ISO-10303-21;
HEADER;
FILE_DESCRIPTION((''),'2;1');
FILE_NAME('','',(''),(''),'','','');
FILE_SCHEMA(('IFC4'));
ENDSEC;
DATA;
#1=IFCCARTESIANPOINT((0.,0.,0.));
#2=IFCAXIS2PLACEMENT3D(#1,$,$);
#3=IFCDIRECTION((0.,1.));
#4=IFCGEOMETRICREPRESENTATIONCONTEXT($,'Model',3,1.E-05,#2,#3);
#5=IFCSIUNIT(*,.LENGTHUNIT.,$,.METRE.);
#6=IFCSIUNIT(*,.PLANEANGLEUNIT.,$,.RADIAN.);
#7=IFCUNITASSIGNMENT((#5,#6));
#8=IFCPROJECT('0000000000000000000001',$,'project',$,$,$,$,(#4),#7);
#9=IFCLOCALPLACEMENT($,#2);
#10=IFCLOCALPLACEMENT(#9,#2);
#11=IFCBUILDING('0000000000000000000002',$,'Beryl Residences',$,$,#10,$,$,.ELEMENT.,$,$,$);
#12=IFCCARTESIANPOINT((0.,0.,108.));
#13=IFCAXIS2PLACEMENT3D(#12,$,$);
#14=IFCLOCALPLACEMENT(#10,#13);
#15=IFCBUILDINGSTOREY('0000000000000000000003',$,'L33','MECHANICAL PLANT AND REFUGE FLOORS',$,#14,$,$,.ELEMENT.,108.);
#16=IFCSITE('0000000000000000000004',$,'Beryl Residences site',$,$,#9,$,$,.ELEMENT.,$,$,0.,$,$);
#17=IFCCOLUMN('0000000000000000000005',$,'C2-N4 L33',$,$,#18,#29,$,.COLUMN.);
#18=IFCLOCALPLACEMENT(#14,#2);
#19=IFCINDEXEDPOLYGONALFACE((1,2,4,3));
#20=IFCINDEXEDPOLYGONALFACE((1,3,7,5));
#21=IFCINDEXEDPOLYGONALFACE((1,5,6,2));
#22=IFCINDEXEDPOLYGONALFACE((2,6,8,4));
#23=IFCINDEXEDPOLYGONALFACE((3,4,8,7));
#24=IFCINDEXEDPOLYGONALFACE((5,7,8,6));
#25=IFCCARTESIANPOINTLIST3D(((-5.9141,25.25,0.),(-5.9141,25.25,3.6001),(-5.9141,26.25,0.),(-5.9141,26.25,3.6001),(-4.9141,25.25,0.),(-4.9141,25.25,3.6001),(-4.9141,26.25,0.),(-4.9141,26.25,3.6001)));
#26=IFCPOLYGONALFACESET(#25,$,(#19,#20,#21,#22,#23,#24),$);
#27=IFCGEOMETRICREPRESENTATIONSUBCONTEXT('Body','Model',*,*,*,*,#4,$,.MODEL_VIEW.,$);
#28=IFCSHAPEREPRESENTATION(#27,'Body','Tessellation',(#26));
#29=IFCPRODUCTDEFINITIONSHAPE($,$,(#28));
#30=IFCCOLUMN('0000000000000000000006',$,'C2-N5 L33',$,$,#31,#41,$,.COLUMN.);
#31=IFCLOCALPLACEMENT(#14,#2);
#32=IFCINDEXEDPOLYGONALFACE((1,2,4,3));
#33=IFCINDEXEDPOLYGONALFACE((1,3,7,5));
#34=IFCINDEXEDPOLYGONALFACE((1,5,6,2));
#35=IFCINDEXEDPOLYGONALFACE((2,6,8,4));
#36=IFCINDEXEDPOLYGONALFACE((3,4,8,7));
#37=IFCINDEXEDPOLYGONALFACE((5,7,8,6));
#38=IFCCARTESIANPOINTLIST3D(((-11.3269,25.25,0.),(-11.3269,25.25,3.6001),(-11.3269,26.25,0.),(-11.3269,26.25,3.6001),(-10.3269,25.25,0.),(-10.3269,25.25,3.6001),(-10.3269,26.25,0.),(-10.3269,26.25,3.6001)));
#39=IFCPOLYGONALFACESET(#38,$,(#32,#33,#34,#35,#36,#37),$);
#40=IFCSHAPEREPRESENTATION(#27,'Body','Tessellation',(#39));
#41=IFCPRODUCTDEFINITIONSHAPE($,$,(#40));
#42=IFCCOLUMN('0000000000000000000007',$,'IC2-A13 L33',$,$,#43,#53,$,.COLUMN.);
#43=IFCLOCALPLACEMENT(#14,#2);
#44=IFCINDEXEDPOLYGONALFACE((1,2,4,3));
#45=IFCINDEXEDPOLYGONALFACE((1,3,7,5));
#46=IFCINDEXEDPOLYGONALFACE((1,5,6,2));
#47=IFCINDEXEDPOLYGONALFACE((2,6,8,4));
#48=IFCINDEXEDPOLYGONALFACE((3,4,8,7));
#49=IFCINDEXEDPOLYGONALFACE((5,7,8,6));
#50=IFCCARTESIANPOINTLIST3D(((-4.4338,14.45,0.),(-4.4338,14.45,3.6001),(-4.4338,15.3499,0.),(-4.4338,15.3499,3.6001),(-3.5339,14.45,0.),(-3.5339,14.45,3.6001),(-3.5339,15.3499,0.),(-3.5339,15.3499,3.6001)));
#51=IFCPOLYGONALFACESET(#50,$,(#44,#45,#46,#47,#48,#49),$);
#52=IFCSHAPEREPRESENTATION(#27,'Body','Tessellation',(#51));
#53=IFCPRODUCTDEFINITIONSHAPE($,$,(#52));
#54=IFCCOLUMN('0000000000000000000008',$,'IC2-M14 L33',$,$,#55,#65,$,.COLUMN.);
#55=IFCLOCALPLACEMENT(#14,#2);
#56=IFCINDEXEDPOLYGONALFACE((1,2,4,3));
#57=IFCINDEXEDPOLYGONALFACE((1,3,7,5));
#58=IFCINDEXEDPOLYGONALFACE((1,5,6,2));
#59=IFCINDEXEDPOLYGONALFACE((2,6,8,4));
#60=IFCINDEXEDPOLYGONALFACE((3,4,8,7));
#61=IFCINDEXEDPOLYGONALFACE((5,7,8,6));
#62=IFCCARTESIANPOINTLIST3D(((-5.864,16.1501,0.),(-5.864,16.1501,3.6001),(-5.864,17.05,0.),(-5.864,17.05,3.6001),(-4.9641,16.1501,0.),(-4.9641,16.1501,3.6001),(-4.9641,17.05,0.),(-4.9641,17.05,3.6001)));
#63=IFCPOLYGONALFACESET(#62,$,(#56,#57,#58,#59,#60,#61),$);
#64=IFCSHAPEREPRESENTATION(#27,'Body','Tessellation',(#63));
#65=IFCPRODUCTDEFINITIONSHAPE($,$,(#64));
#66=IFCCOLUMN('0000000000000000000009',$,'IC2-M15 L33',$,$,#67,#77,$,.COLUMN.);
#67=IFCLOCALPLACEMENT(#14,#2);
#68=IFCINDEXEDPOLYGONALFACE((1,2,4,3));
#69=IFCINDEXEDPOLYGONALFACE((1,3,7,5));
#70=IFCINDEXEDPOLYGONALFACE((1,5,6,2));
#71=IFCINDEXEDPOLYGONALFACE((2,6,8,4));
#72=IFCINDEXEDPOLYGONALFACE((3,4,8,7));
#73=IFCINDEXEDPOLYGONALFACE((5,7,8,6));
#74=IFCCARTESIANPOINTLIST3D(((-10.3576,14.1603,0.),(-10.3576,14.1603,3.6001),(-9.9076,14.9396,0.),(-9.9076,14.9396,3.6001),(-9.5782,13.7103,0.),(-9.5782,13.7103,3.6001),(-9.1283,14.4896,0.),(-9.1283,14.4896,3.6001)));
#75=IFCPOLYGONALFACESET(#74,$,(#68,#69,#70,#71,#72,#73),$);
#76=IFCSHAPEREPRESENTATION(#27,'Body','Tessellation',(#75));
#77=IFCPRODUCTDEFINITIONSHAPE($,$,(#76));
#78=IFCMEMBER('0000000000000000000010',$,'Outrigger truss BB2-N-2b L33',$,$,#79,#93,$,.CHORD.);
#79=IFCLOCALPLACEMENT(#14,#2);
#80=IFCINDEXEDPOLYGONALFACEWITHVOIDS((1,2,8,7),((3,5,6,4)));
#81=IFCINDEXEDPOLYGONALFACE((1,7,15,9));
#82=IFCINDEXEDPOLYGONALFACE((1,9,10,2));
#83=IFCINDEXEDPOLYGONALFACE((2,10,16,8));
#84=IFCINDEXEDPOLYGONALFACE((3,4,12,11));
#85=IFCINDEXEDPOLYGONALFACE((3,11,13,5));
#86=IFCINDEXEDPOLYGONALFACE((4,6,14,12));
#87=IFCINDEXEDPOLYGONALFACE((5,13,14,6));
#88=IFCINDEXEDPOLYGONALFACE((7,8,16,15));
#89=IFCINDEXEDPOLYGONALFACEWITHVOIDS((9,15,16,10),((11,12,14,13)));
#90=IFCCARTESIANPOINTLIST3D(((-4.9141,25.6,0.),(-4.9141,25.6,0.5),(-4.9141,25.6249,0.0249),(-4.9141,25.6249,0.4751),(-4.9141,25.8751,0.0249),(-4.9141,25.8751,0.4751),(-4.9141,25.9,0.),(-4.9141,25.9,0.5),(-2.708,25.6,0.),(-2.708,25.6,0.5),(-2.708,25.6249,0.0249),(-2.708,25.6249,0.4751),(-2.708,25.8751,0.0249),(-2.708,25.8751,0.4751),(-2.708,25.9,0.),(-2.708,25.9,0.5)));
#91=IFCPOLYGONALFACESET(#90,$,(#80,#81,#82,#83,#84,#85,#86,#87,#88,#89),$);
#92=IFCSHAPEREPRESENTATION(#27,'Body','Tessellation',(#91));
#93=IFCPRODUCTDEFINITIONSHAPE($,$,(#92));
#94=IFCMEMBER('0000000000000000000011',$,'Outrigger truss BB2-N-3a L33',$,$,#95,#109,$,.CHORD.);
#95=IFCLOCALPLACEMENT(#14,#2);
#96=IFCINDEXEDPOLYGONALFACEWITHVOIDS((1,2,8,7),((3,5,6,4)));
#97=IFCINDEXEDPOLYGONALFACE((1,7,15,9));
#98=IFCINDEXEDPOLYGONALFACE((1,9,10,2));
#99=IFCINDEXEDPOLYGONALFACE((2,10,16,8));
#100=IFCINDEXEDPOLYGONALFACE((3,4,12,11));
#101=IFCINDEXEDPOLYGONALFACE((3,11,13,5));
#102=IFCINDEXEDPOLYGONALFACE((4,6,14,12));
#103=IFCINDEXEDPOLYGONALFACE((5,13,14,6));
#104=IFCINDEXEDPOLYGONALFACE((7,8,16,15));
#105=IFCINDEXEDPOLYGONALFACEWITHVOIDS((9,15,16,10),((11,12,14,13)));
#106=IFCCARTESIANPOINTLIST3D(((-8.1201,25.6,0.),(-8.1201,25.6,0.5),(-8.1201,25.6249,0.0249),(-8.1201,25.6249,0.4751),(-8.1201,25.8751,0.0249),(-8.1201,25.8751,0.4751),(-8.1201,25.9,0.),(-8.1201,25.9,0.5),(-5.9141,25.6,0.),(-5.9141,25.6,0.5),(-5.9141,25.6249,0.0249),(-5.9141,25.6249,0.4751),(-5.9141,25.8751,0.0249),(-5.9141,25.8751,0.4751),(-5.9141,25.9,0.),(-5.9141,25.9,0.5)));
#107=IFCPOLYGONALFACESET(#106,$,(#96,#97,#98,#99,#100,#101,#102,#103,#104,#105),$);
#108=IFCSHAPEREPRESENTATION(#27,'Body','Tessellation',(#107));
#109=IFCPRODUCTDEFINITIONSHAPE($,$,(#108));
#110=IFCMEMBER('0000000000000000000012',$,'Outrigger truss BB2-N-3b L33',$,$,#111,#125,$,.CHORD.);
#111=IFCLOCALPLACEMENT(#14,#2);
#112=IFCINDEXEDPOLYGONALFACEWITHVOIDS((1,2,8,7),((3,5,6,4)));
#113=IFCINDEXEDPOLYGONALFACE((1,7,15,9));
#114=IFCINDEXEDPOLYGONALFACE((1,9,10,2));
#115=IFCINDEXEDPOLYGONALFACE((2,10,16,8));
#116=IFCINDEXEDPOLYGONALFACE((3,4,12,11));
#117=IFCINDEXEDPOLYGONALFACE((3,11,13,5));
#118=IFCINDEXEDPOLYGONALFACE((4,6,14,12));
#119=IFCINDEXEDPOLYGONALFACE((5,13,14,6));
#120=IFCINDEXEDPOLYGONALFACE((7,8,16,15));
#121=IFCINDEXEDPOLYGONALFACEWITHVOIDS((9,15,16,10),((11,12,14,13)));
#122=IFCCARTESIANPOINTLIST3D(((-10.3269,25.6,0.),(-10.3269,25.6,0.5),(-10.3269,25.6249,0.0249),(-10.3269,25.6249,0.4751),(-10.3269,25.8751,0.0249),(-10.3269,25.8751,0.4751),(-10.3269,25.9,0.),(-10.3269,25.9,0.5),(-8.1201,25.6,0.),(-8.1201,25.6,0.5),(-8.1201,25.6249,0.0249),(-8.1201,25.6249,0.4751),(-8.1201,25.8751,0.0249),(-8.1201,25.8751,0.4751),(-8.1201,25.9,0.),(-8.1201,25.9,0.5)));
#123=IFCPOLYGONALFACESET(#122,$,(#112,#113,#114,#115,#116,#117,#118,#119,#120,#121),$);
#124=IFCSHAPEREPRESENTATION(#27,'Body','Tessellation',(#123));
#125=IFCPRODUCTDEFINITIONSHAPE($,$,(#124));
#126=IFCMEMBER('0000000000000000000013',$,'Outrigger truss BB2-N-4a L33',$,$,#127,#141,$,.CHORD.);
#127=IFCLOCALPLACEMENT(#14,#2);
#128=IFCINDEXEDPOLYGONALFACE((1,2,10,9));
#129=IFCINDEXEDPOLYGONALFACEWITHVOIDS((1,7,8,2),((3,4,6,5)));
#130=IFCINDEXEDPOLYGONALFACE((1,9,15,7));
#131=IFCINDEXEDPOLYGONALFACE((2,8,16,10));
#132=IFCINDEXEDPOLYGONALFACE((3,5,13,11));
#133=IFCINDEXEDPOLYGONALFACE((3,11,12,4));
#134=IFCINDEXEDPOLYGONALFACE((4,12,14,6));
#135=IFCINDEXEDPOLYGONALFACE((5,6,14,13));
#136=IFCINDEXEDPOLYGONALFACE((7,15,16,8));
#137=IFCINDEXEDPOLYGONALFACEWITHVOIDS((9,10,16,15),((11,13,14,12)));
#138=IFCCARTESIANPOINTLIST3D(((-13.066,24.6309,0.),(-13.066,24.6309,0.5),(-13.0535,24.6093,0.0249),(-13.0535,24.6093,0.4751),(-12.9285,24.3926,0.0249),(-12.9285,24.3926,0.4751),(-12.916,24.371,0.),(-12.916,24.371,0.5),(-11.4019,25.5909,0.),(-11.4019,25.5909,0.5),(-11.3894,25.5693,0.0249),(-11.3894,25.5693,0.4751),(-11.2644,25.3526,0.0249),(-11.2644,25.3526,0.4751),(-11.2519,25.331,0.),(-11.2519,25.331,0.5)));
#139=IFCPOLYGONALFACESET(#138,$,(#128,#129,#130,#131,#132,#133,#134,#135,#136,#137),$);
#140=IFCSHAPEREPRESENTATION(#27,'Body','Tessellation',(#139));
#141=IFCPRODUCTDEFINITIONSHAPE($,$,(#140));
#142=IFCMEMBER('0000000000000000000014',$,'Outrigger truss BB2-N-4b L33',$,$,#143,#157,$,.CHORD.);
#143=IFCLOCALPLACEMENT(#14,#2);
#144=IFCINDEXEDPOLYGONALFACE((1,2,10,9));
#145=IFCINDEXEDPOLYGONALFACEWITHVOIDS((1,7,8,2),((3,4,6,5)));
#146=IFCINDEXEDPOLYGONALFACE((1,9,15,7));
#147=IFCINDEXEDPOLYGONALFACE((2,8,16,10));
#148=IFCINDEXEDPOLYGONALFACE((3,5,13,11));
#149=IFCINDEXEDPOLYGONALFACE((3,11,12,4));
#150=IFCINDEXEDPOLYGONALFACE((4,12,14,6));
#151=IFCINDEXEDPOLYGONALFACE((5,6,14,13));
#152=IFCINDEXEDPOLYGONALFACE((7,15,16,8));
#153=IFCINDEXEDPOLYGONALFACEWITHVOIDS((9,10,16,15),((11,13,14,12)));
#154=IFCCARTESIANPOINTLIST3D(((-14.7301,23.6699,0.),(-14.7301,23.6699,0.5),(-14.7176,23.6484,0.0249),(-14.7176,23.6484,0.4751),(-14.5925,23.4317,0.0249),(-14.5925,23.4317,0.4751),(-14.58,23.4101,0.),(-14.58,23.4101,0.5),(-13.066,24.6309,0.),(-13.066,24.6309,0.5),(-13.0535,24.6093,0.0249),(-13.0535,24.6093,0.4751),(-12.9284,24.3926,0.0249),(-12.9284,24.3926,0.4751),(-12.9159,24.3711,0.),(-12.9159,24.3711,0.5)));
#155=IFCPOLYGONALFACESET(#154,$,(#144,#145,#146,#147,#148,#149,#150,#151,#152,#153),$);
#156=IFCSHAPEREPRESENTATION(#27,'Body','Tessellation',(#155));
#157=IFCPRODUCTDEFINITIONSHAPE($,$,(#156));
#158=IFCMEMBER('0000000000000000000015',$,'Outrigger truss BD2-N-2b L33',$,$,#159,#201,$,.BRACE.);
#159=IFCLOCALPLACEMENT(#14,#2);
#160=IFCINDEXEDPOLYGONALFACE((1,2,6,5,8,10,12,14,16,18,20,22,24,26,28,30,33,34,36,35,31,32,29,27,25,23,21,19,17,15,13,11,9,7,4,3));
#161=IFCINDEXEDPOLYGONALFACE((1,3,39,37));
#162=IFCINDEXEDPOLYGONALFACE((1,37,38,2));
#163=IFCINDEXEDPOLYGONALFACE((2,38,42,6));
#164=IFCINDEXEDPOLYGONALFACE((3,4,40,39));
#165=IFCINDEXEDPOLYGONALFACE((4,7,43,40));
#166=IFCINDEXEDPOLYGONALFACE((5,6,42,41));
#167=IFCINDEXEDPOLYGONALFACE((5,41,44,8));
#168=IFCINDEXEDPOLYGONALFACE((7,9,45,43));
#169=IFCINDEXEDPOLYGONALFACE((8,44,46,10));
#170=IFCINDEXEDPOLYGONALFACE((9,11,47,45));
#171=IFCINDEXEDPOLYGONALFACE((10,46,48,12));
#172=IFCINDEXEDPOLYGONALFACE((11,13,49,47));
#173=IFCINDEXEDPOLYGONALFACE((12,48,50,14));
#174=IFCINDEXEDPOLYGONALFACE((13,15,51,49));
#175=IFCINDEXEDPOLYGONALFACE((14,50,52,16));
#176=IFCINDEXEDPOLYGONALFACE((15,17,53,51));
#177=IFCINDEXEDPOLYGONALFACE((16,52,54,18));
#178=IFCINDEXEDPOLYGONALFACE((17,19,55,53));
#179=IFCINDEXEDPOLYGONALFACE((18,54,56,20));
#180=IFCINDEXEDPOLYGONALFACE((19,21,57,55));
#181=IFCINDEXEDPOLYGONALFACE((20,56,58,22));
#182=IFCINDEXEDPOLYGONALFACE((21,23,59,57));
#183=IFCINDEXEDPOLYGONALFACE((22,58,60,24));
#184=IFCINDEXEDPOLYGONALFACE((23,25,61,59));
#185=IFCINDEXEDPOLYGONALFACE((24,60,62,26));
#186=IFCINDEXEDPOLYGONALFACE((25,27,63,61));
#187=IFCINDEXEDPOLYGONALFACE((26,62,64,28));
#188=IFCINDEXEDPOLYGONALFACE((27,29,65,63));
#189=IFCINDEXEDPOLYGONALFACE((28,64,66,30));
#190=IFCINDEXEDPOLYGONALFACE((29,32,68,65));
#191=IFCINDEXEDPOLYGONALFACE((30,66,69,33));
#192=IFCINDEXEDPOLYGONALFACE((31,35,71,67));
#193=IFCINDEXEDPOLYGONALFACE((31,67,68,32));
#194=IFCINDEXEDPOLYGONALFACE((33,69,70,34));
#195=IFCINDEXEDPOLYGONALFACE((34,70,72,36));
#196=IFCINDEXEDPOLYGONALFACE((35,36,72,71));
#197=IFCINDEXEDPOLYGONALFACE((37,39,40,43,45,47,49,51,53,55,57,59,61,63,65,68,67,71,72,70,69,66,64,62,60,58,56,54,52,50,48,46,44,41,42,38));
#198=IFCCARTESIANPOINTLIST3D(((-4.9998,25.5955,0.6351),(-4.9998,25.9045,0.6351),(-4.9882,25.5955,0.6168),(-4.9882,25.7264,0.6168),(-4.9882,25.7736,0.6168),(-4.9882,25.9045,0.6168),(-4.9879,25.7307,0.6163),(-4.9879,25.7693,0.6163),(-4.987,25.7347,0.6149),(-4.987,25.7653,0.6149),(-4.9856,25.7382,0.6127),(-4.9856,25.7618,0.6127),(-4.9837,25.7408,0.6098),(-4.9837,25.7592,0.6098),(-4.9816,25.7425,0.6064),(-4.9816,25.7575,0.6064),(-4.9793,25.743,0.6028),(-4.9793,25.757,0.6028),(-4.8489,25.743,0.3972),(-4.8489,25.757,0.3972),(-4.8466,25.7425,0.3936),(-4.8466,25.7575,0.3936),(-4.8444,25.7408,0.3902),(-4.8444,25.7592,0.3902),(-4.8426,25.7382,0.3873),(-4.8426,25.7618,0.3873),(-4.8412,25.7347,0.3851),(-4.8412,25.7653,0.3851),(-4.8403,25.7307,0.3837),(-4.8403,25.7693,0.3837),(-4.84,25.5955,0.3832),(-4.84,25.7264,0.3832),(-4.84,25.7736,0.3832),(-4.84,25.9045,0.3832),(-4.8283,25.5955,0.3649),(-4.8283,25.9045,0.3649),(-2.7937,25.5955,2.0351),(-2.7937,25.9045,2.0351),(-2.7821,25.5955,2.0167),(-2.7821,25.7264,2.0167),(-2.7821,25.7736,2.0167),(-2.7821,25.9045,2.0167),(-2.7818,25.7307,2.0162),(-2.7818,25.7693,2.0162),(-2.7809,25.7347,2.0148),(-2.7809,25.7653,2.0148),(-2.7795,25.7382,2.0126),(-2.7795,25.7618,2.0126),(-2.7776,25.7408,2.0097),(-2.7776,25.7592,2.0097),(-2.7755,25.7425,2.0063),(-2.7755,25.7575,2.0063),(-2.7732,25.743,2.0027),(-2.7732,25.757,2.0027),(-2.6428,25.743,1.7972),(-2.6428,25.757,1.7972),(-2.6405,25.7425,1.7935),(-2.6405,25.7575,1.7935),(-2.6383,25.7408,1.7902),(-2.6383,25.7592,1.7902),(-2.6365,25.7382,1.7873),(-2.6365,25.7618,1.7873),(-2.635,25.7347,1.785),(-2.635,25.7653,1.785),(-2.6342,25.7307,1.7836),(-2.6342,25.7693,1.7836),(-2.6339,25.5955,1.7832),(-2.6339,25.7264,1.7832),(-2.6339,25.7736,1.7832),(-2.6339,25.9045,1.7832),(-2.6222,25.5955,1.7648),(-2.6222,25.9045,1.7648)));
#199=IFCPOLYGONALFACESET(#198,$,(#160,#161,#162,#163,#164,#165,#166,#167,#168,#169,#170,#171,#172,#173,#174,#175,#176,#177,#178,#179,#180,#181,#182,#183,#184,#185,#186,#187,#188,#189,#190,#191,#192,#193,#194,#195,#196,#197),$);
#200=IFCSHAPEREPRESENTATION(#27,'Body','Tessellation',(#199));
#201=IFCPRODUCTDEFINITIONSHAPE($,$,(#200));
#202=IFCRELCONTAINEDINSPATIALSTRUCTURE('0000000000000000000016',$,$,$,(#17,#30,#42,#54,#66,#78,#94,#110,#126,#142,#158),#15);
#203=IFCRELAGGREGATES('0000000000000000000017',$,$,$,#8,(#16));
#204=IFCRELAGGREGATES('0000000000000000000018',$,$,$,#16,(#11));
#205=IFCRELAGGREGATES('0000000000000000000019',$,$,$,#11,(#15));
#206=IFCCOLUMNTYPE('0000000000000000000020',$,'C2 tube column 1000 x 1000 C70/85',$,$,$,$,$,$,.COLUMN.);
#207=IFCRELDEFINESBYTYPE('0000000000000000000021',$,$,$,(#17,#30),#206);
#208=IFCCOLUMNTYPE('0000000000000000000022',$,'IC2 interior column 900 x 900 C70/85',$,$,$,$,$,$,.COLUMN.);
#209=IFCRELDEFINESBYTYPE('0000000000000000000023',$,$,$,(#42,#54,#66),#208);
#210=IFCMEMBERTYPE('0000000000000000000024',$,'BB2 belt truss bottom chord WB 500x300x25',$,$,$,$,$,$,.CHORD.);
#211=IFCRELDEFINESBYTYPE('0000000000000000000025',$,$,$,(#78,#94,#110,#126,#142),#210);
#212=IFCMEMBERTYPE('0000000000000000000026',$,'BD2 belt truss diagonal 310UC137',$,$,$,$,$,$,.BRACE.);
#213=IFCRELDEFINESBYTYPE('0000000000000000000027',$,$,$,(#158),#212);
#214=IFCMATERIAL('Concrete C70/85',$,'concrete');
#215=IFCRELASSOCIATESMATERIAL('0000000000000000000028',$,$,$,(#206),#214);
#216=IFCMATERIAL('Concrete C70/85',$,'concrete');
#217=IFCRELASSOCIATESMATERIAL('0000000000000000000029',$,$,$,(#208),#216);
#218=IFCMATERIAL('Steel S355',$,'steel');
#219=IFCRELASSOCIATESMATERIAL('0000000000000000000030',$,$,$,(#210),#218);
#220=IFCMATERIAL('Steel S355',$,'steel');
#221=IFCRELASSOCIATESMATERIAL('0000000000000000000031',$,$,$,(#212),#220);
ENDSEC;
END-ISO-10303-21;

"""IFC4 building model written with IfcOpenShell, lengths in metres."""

from ifc_helpers import new_model, si_unit, direction, frame, origin, origin_2d, place, context, subcontext, project, spatial, rectangle, hollow_rectangle, i_section, extrude, material, material_profile, profile_set, type_object, element, save


model = new_model("IFC4")

# Units and contexts
model_context = context("Model", 3, precision=1e-05, world=origin(), true_north=direction((0.0, 1.0)))
body_context = subcontext(model_context, "Body", "Model", "MODEL_VIEW")
ifc_project = project(units=[si_unit("LENGTHUNIT", "METRE"), si_unit("PLANEANGLEUNIT", "RADIAN")], contexts=[model_context])

# Site, building, storey
site_placement = place(None, origin())
site = spatial("IfcSite", under=ifc_project, at=site_placement, Name="Beryl Residences site", CompositionType="ELEMENT", RefElevation=0.0)
building_placement = place(site_placement, origin())
building = spatial("IfcBuilding", under=site, at=building_placement, Name="Beryl Residences", CompositionType="ELEMENT")
storey_placement = place(building_placement, frame((0.0, 0.0, 108.0)))
storey = spatial("IfcBuildingStorey", under=building, at=storey_placement, Name="L33", Description="MECHANICAL PLANT AND REFUGE FLOORS", CompositionType="ELEMENT", Elevation=108.0)

# Columns
ifc_material_1 = material(Name="Concrete C70/85", Category="concrete")
ifc_material_profile_1 = material_profile(ifc_material_1, rectangle(XDim=1.0, YDim=1.0, at=origin_2d()))
ifc_profile_set_1 = profile_set([ifc_material_profile_1], Name="Concrete C70/85")
column_type_1 = type_object("IfcColumnType", Name="C2 tube column 1000 x 1000 C70/85", PredefinedType="COLUMN", material=ifc_profile_set_1)
for number, where, z_axis, x_axis, name in (
    (1, (-5.4141, 25.75, 0.0), (0.0, 0.0, 1.0), (-1.0, 0.0, 0.0), "C2-N4 L33"),
    (2, (-10.8269, 25.75, 0.0), (0.0, 0.0, 1.0), (-1.0, 0.0, 0.0), "C2-N5 L33"),
):
    element("IfcColumn", number, at=place(storey_placement, frame(where, z_axis=z_axis, x_axis=x_axis)), inside=storey, type_object=column_type_1, Name=name, PredefinedType="COLUMN", context=body_context, shape_type="SweptSolid", body=[
        extrude(rectangle(XDim=1.0, YDim=1.0, at=origin_2d()), origin(), (0.0, 0.0, 1.0), 3.6001),
    ])
ifc_material_2 = material(Name="Concrete C70/85", Category="concrete")
ifc_material_profile_2 = material_profile(ifc_material_2, rectangle(XDim=0.8999, YDim=0.8999, at=origin_2d()))
ifc_profile_set_2 = profile_set([ifc_material_profile_2], Name="Concrete C70/85")
column_type_2 = type_object("IfcColumnType", Name="IC2 interior column 900 x 900 C70/85", PredefinedType="COLUMN", material=ifc_profile_set_2)
for number, where, z_axis, x_axis, name in (
    (3, (-3.9839, 14.8999, 0.0), (0.0, 0.0, 1.0), (1.0, 0.0, 0.0), "IC2-A13 L33"),
    (4, (-5.4141, 16.6001, 0.0), (0.0, 0.0, 1.0), (-1.0, 0.0, 0.0), "IC2-M14 L33"),
    (5, (-9.7429, 14.325, 0.0), (0.0, 0.0, 1.0), (-0.5, -0.866025, 0.0), "IC2-M15 L33"),
):
    element("IfcColumn", number, at=place(storey_placement, frame(where, z_axis=z_axis, x_axis=x_axis)), inside=storey, type_object=column_type_2, Name=name, PredefinedType="COLUMN", context=body_context, shape_type="SweptSolid", body=[
        extrude(rectangle(XDim=0.8999, YDim=0.8999, at=origin_2d()), origin(), (0.0, 0.0, 1.0), 3.6001),
    ])

# Members
ifc_material_3 = material(Name="Steel S355", Category="steel")
ifc_material_profile_3 = material_profile(ifc_material_3, hollow_rectangle(XDim=0.3, YDim=0.5, WallThickness=0.0249, at=origin_2d()))
ifc_profile_set_3 = profile_set([ifc_material_profile_3], Name="Steel S355")
member_type_1 = type_object("IfcMemberType", Name="BB2 belt truss bottom chord WB 500x300x25", PredefinedType="CHORD", material=ifc_profile_set_3)
for number, where, z_axis, x_axis, name in (
    (6, (-2.708, 25.75, 0.25), (-1.0, 0.0, 0.0), (0.0, -1.0, 0.0), "Outrigger truss BB2-N-2b L33"),
    (7, (-5.9141, 25.75, 0.25), (-1.0, 0.0, 0.0), (0.0, -1.0, 0.0), "Outrigger truss BB2-N-3a L33"),
):
    element("IfcMember", number, at=place(storey_placement, frame(where, z_axis=z_axis, x_axis=x_axis)), inside=storey, type_object=member_type_1, Name=name, PredefinedType="CHORD", context=body_context, shape_type="SweptSolid", body=[
        extrude(hollow_rectangle(XDim=0.3, YDim=0.5, WallThickness=0.0249, at=origin_2d()), origin(), (0.0, 0.0, 1.0), 2.2061),
    ])
member_1_placement = place(storey_placement, frame((-8.1201, 25.75, 0.25), z_axis=(-1.0, 0.0, 0.0), x_axis=(0.0, -1.0, 0.0)))
element("IfcMember", 8, at=member_1_placement, inside=storey, type_object=member_type_1, Name="Outrigger truss BB2-N-3b L33", PredefinedType="CHORD", context=body_context, shape_type="SweptSolid", body=[
    extrude(hollow_rectangle(XDim=0.3, YDim=0.5, WallThickness=0.0249, at=origin_2d()), origin(), (0.0, 0.0, 1.0), 2.2068),
])
member_2_placement = place(storey_placement, frame((-11.3269, 25.4609, 0.25), z_axis=(-0.866203, -0.499693, 0.0), x_axis=(0.499693, -0.866203, 0.0)))
element("IfcMember", 9, at=member_2_placement, inside=storey, type_object=member_type_1, Name="Outrigger truss BB2-N-4a L33", PredefinedType="CHORD", context=body_context, shape_type="SweptSolid", body=[
    extrude(hollow_rectangle(XDim=0.3, YDim=0.5, WallThickness=0.0249, at=origin_2d()), origin(), (0.0, 0.0, 1.0), 1.9211),
])
member_3_placement = place(storey_placement, frame((-12.991, 24.501, 0.25), z_axis=(-0.865982, -0.500074, 0.0), x_axis=(0.500074, -0.865982, 0.0)))
element("IfcMember", 10, at=member_3_placement, inside=storey, type_object=member_type_1, Name="Outrigger truss BB2-N-4b L33", PredefinedType="CHORD", context=body_context, shape_type="SweptSolid", body=[
    extrude(hollow_rectangle(XDim=0.3, YDim=0.5, WallThickness=0.0249, at=origin_2d()), origin(), (0.0, 0.0, 1.0), 1.9216),
])
ifc_material_4 = material(Name="Steel S355", Category="steel")
ifc_material_profile_4 = material_profile(ifc_material_4, i_section(OverallWidth=0.3091, OverallDepth=0.3201, WebThickness=0.0139, FlangeThickness=0.0217, FilletRadius=0.0166, at=origin_2d()))
ifc_profile_set_4 = profile_set([ifc_material_profile_4], Name="Steel S355")
member_type_2 = type_object("IfcMemberType", Name="BD2 belt truss diagonal 310UC137", PredefinedType="BRACE", material=ifc_profile_set_4)
for number, where, z_axis, x_axis, name in (
    (11, (-4.9141, 25.75, 0.5), (0.844346, 0.0, 0.535799), (0.0, 1.0, 0.0), "Outrigger truss BD2-N-2b L33"),
):
    element("IfcMember", number, at=place(storey_placement, frame(where, z_axis=z_axis, x_axis=x_axis)), inside=storey, type_object=member_type_2, Name=name, PredefinedType="BRACE", context=body_context, shape_type="SweptSolid", body=[
        extrude(i_section(OverallWidth=0.3091, OverallDepth=0.3201, WebThickness=0.0139, FlangeThickness=0.0217, FilletRadius=0.0166, at=origin_2d()), origin(), (0.0, 0.0, 1.0), 2.6128),
    ])

save(model, "model.ifc")
